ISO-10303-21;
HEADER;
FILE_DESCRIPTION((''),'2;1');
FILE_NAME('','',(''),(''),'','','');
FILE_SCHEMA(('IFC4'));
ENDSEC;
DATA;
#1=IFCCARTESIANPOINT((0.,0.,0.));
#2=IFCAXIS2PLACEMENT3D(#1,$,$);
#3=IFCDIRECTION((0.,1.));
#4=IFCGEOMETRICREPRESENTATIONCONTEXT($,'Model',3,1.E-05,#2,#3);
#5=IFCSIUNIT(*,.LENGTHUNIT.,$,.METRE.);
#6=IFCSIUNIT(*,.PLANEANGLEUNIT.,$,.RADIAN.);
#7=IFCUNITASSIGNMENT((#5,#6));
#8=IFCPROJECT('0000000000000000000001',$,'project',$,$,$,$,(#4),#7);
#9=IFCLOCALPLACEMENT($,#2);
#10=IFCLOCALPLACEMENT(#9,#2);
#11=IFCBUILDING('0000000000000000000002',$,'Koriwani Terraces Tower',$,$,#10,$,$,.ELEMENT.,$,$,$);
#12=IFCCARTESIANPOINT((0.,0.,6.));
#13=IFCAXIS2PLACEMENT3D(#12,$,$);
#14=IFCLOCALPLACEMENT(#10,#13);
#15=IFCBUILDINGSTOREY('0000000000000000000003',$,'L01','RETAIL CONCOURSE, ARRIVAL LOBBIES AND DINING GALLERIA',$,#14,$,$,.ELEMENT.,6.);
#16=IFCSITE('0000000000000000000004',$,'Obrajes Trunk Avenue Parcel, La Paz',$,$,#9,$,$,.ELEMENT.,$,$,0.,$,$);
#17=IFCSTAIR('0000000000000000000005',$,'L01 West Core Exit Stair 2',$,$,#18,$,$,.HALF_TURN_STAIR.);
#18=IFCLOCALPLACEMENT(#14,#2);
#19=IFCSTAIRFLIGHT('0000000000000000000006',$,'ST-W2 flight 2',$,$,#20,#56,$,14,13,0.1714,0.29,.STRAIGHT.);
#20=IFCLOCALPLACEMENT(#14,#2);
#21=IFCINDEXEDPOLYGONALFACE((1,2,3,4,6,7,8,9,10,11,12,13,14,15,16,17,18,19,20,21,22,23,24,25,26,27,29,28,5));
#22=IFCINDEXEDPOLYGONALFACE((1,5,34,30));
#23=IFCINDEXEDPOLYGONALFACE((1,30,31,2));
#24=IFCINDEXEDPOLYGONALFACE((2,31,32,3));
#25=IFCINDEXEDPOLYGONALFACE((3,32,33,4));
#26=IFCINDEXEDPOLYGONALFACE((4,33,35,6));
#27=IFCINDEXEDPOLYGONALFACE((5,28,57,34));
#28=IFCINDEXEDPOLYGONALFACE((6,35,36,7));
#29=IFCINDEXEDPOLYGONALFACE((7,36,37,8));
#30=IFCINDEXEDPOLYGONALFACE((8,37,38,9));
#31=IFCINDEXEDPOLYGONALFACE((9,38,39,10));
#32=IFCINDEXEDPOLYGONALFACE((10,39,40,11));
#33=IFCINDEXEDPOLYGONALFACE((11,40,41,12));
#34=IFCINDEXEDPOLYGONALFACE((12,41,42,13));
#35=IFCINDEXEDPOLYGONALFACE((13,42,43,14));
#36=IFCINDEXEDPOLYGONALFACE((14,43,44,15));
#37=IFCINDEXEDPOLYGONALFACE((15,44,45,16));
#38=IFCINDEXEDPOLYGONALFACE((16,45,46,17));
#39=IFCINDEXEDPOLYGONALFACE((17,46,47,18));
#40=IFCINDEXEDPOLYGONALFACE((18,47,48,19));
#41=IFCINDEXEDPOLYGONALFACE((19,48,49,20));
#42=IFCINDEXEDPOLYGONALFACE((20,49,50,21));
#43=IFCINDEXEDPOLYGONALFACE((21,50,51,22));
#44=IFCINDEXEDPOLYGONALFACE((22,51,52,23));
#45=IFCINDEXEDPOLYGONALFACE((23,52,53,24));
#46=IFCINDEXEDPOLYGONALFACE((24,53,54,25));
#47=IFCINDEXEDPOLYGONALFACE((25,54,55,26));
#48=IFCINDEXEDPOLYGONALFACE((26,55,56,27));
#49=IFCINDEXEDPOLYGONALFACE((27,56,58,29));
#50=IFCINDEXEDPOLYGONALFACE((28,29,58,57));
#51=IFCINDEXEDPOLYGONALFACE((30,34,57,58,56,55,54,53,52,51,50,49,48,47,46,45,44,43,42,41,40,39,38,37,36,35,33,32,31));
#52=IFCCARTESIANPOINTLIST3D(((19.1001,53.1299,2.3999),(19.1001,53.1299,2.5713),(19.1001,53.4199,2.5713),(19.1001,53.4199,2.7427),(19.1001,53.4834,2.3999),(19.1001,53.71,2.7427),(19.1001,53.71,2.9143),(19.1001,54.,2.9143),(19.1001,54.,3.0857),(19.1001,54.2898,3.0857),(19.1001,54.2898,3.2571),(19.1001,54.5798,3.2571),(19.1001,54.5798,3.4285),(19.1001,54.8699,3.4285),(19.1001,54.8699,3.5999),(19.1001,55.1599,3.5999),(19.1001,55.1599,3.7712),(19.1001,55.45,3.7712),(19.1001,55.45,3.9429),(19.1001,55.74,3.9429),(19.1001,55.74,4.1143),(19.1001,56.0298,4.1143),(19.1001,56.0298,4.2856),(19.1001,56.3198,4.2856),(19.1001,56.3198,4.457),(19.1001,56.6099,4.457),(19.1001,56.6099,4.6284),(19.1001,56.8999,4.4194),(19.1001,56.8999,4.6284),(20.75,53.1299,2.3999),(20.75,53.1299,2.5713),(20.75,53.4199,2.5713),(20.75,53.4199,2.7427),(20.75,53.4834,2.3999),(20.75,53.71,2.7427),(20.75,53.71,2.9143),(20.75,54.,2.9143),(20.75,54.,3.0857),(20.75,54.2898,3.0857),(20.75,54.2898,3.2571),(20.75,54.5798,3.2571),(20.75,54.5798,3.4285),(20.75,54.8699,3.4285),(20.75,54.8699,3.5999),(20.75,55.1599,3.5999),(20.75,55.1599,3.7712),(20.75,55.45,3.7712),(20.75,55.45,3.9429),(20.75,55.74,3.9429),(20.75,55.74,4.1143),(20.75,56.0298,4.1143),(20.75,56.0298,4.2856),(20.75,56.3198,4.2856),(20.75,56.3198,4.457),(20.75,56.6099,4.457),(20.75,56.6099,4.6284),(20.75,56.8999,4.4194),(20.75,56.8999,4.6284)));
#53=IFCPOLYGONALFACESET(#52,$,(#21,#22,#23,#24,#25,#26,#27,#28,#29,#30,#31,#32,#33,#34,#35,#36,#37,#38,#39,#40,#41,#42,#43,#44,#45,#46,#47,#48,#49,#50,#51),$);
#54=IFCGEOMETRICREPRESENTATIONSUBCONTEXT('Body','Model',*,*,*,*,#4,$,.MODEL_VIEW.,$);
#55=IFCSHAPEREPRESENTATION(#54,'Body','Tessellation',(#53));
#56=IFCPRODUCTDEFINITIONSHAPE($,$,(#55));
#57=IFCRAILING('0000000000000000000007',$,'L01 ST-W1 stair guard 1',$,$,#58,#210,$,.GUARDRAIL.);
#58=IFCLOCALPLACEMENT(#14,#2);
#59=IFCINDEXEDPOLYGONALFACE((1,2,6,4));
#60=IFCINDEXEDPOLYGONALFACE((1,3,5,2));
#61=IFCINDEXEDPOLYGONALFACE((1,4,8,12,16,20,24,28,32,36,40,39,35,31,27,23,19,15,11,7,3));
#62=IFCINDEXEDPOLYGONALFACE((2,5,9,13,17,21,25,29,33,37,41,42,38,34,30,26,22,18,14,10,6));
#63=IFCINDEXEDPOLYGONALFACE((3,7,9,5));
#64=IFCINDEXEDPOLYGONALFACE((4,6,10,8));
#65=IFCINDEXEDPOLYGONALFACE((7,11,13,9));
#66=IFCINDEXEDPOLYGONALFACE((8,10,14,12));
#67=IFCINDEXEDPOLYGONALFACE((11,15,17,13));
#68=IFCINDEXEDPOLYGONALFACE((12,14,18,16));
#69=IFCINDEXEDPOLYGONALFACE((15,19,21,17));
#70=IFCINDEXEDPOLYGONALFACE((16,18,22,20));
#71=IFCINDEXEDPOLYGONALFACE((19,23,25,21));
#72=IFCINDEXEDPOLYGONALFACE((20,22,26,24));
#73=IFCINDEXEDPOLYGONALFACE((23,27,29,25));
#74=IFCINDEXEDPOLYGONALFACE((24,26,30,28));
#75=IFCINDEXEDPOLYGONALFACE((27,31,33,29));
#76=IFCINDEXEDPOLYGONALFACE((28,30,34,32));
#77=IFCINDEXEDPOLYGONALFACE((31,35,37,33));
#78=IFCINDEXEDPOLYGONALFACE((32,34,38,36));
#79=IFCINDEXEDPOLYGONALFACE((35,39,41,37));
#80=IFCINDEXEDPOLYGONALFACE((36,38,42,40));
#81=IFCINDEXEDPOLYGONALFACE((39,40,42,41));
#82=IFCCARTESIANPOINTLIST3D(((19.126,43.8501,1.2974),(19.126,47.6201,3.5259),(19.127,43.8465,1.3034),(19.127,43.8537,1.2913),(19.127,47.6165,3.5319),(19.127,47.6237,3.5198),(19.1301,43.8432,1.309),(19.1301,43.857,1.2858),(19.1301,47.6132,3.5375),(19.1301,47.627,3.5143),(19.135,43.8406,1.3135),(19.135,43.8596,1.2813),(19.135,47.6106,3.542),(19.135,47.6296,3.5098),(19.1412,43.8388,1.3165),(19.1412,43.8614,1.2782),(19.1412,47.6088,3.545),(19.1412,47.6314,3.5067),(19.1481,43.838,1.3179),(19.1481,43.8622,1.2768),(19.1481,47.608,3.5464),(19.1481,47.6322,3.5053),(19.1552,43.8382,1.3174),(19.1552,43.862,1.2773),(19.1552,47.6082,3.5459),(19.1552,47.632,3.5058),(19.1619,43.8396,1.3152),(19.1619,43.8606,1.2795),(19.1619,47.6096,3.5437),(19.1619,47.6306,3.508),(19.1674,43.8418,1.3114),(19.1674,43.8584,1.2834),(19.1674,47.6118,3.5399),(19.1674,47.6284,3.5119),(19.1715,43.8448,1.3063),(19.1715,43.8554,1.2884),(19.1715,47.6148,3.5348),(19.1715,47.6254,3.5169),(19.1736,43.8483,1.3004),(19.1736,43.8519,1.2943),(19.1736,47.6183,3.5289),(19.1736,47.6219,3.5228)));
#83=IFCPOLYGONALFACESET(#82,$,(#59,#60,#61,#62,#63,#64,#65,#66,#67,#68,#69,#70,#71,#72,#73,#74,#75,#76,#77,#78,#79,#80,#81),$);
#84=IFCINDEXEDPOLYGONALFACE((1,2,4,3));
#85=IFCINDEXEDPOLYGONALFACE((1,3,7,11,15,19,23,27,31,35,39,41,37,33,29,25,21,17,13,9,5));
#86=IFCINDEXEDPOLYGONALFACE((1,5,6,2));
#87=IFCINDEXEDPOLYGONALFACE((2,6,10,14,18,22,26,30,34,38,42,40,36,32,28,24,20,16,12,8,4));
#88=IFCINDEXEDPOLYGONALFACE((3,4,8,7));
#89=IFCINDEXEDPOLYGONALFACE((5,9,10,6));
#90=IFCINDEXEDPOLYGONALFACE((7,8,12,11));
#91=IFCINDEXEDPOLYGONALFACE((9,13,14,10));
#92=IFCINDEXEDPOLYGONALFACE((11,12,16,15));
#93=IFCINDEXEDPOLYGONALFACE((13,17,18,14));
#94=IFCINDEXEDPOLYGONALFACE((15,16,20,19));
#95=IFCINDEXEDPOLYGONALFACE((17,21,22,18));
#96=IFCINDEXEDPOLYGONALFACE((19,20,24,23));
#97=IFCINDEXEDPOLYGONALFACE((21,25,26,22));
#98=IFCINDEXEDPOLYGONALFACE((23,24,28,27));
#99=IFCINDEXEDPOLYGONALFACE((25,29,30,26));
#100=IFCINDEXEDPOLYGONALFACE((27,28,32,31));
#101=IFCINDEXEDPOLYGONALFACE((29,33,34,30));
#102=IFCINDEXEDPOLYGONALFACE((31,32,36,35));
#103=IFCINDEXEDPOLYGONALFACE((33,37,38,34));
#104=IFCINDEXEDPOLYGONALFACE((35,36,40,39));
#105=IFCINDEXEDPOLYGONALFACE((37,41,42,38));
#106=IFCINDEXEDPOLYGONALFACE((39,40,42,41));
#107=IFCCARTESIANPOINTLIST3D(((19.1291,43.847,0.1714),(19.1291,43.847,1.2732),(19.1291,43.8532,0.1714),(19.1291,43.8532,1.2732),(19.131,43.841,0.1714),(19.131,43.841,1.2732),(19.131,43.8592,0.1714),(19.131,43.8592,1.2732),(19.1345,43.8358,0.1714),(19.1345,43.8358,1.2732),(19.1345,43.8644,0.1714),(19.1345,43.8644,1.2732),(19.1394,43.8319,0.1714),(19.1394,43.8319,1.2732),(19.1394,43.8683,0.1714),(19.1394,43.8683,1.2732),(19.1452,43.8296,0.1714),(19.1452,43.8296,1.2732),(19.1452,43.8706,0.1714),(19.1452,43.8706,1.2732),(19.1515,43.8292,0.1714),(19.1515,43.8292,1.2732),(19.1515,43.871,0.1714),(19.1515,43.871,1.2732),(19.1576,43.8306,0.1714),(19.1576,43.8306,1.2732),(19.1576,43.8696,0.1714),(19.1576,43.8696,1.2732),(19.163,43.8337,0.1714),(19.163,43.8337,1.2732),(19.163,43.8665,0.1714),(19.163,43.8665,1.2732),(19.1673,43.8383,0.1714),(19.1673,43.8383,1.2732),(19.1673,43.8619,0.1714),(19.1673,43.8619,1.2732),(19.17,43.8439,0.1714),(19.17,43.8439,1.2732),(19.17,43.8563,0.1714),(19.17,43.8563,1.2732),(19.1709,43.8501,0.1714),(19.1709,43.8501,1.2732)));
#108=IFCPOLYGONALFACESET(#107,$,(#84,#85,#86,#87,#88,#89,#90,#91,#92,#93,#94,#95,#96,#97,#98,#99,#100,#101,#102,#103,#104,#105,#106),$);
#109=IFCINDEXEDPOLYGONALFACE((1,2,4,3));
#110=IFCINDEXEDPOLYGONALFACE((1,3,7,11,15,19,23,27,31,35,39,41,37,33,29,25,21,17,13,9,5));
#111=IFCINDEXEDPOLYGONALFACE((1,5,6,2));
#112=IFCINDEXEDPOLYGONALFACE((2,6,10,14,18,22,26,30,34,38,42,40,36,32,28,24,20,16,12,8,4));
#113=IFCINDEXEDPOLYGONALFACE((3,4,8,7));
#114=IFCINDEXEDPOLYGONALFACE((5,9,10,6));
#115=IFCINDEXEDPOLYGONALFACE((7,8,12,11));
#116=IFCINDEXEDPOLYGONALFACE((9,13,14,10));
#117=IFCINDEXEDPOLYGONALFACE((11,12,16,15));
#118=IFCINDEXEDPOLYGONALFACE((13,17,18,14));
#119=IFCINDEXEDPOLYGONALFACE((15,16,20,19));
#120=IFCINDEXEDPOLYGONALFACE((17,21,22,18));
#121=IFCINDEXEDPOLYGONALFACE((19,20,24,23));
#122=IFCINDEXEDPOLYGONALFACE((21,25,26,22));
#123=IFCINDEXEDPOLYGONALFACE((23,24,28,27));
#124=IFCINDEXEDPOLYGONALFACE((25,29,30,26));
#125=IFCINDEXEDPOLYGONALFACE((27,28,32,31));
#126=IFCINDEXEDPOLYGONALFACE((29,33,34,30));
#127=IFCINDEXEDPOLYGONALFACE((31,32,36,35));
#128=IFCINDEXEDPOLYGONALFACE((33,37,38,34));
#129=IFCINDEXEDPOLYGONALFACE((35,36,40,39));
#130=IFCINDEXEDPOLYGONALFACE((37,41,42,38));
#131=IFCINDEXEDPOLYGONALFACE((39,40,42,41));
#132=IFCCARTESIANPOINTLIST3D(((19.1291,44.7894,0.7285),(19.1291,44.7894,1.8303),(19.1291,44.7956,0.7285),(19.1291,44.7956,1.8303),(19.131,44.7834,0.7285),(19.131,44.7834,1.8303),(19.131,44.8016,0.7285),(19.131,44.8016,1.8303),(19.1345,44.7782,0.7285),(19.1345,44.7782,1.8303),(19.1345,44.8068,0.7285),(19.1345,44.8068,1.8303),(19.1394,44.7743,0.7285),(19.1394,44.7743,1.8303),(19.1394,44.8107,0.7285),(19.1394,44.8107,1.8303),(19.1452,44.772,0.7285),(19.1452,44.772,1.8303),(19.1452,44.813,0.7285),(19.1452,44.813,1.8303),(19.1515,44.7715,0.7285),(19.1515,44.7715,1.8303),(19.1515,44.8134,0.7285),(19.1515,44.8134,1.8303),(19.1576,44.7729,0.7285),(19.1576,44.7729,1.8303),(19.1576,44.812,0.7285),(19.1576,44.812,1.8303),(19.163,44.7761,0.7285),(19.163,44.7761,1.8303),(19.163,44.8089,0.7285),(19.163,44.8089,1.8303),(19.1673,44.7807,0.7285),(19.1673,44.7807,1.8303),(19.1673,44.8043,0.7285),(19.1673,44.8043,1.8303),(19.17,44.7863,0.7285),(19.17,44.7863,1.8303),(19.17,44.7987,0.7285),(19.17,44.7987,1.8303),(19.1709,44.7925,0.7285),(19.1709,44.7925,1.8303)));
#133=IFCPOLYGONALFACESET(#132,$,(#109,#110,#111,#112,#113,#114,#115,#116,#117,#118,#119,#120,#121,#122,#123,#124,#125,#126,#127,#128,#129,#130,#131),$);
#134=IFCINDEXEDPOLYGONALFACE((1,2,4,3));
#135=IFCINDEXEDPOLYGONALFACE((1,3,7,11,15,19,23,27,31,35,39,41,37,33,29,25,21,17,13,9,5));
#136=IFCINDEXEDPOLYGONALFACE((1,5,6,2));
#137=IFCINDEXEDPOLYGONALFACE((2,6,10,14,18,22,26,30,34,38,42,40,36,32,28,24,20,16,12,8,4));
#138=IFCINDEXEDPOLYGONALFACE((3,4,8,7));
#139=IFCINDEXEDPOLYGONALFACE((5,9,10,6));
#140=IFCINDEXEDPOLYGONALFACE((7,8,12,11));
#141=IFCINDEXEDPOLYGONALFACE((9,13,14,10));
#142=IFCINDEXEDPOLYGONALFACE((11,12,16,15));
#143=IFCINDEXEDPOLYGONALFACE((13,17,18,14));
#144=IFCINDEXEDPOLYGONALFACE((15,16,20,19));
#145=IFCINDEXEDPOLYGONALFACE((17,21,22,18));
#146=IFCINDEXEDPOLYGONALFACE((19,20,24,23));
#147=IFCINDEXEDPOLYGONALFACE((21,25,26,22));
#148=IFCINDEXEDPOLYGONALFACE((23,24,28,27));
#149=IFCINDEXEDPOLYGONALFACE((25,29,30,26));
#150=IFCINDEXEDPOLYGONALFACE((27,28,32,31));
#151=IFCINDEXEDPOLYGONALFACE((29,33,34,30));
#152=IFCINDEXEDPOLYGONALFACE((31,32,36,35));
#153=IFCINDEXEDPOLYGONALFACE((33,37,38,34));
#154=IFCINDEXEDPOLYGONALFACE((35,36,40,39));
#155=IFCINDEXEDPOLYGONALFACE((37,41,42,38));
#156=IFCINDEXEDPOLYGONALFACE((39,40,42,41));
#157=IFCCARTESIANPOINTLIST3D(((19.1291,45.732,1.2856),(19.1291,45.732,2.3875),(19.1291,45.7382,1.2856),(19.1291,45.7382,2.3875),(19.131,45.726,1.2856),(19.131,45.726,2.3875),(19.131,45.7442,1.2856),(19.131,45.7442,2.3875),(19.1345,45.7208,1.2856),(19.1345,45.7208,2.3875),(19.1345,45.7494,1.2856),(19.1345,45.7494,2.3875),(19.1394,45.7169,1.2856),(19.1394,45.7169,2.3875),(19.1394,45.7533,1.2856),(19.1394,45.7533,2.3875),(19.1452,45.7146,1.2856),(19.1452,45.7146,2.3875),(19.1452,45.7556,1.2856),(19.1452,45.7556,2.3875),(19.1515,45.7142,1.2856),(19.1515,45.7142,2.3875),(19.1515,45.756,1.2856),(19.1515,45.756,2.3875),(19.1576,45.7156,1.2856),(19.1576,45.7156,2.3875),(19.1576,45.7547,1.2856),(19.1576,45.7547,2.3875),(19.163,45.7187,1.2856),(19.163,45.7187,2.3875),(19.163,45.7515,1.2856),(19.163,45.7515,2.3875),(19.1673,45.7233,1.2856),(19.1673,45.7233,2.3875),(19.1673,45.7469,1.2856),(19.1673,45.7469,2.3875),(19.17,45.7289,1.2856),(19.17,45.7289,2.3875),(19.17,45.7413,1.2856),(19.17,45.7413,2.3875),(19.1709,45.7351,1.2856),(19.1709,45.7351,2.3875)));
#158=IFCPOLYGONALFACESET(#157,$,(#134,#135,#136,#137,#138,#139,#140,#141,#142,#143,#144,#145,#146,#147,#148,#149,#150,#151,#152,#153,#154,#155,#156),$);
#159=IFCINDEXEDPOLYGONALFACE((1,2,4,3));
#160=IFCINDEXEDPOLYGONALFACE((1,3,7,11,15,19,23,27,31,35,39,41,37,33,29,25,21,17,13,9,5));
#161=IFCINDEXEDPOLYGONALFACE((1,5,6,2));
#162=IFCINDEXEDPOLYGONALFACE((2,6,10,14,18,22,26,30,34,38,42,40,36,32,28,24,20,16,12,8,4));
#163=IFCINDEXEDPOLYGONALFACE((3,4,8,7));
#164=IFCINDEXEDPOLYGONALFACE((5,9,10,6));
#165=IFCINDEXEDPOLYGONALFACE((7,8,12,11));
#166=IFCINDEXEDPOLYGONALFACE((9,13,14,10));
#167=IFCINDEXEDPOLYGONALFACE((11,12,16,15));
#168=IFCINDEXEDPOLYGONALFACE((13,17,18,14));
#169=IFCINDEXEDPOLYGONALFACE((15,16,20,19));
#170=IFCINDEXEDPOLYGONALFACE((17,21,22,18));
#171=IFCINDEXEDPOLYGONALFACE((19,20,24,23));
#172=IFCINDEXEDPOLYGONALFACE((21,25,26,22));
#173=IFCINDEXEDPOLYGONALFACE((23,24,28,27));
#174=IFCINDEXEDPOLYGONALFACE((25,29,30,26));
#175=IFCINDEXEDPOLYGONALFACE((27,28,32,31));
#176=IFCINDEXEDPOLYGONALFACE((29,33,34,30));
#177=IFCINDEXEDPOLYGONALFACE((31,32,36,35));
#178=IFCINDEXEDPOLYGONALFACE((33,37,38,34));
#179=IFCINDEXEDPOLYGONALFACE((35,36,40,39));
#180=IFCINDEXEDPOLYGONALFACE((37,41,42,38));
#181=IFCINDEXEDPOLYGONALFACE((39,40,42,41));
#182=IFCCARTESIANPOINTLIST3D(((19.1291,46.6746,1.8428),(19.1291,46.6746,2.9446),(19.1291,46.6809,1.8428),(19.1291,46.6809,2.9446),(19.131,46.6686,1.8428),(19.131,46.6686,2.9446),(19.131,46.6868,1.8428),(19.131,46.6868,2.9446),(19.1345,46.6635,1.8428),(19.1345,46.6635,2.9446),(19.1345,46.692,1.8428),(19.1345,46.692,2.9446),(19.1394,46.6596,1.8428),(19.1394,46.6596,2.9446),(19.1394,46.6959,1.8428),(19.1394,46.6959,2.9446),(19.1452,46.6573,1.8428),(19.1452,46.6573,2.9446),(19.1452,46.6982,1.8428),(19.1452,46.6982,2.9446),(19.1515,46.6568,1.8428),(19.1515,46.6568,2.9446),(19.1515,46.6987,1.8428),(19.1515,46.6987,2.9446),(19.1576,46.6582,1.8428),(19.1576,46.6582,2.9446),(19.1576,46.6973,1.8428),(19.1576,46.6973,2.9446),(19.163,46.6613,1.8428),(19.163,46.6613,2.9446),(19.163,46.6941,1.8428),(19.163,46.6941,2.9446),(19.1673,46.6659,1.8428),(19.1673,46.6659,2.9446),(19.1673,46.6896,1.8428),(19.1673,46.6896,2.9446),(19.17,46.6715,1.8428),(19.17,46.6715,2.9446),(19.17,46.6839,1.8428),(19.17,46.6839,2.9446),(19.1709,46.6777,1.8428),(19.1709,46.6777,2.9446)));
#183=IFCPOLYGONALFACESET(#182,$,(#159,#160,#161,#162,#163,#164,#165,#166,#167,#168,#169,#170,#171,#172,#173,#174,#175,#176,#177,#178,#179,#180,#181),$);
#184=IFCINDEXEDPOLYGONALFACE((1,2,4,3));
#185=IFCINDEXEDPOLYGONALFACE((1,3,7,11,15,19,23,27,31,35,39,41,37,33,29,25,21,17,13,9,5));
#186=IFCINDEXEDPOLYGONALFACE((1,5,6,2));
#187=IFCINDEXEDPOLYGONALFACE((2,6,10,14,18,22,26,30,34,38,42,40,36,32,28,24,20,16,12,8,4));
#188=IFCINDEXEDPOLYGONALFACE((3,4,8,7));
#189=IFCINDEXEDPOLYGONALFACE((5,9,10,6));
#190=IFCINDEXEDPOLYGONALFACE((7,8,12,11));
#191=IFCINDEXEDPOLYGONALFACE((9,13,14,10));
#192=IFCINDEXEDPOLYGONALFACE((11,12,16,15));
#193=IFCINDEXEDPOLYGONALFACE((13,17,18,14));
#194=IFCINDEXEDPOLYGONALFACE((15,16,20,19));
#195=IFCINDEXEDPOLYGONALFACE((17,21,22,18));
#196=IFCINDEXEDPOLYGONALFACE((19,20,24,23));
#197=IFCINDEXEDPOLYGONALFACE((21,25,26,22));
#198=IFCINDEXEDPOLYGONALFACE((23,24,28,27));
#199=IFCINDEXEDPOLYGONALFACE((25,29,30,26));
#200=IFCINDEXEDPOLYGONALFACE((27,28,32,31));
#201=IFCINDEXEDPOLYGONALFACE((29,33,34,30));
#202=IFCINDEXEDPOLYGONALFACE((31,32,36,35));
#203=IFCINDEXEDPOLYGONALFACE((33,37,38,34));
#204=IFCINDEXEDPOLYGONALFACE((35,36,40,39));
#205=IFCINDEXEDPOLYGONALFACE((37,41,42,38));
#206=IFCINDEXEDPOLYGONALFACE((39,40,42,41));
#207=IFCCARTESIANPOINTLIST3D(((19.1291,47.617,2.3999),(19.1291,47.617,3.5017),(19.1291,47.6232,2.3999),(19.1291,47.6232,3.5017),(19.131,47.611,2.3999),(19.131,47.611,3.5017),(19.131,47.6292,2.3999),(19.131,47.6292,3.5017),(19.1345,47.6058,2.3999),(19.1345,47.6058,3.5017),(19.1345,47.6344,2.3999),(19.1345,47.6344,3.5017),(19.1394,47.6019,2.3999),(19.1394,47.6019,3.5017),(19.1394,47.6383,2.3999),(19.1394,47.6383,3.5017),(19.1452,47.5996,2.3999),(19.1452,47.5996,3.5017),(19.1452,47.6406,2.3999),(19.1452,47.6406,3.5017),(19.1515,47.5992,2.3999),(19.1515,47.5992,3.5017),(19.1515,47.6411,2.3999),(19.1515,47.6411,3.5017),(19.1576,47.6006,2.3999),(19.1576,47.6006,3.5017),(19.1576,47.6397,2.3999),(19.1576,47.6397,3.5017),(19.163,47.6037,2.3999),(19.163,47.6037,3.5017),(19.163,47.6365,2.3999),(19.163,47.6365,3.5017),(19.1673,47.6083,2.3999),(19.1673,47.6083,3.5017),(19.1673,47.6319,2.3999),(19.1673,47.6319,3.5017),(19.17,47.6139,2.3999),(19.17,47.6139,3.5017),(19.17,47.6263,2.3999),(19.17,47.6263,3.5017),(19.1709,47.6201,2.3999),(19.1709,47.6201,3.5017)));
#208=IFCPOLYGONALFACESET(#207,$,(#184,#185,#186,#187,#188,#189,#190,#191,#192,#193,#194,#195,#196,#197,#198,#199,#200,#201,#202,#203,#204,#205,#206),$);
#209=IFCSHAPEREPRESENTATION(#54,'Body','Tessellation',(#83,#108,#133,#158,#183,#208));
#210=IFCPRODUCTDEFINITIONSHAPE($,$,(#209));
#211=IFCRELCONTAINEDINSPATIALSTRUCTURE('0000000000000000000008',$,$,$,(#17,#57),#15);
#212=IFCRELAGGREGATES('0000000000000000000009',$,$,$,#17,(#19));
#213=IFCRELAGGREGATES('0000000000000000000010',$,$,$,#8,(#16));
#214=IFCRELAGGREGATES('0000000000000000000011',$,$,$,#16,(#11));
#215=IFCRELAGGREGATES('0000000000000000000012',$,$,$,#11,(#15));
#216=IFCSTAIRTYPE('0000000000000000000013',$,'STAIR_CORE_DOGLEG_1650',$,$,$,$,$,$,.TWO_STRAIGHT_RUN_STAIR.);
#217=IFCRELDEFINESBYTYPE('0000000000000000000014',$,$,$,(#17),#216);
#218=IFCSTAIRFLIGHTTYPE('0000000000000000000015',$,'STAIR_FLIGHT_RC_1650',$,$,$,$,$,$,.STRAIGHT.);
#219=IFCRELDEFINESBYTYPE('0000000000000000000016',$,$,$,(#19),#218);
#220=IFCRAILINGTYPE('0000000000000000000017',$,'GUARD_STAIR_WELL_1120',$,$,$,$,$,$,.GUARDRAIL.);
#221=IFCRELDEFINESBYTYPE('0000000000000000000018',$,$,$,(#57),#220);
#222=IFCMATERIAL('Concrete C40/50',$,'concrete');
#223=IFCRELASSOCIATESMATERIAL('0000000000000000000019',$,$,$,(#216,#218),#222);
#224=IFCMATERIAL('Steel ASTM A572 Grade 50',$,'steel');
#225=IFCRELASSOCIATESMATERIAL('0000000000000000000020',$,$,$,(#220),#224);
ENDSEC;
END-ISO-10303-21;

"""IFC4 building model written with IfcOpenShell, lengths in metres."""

from ifc_helpers import new_model, si_unit, direction, frame, origin, origin_2d, place, context, subcontext, project, spatial, polyline, circle, outline, extrude, material, type_object, element, aggregate, save


model = new_model("IFC4")

# Units and contexts
model_context = context("Model", 3, precision=1e-05, world=origin(), true_north=direction((0.0, 1.0)))
body_context = subcontext(model_context, "Body", "Model", "MODEL_VIEW")
ifc_project = project(units=[si_unit("LENGTHUNIT", "METRE"), si_unit("PLANEANGLEUNIT", "RADIAN")], contexts=[model_context])

# Site, building, storey
site_placement = place(None, origin())
site = spatial("IfcSite", under=ifc_project, at=site_placement, Name="Obrajes Trunk Avenue Parcel, La Paz", CompositionType="ELEMENT", RefElevation=0.0)
building_placement = place(site_placement, origin())
building = spatial("IfcBuilding", under=site, at=building_placement, Name="Koriwani Terraces Tower", CompositionType="ELEMENT")
storey_placement = place(building_placement, frame((0.0, 0.0, 6.0)))
storey = spatial("IfcBuildingStorey", under=building, at=storey_placement, Name="L01", Description="RETAIL CONCOURSE, ARRIVAL LOBBIES AND DINING GALLERIA", CompositionType="ELEMENT", Elevation=6.0)

# Shared definitions
ifc_material_1 = material(Name="Concrete C40/50", Category="concrete")

# Shared definitions
ifc_material_2 = material(Name="Steel ASTM A572 Grade 50", Category="steel")

# Stair, stair flight
stair_type = type_object("IfcStairType", Name="STAIR_CORE_DOGLEG_1650", PredefinedType="TWO_STRAIGHT_RUN_STAIR", material=ifc_material_1)
stair_flight_type = type_object("IfcStairFlightType", Name="STAIR_FLIGHT_RC_1650", PredefinedType="STRAIGHT", material=ifc_material_1)
stair_1_placement = place(storey_placement, origin())
stair_1 = element("IfcStair", 1, at=stair_1_placement, inside=storey, type_object=stair_type, Name="L01 West Core Exit Stair 2", PredefinedType="HALF_TURN_STAIR")
stair_flight_1_placement = place(storey_placement, frame((19.925, 53.1299, 2.3999), z_axis=(0.0, 0.0, 1.0), x_axis=(0.0, 1.0, 0.0)))
stair_flight_1 = element("IfcStairFlight", 2, at=stair_flight_1_placement, type_object=stair_flight_type, Name="ST-W2 flight 2", NumberOfRisers=14, NumberOfTreads=13, PredefinedType="STRAIGHT", RiserHeight=0.1714, TreadLength=0.29, context=body_context, shape_type="SweptSolid", body=[
    extrude(outline(polyline([(0.0, 0.0), (0.0, 0.1714), (0.29, 0.1714), (0.29, 0.3428), (0.5801, 0.3428), (0.5801, 0.5144), (0.8701, 0.5144), (0.8701, 0.6858), (1.1599, 0.6858), (1.1599, 0.8572), (1.45, 0.8572), (1.45, 1.0286), (1.74, 1.0286), (1.74, 1.2), (2.03, 1.2), (2.03, 1.3713), (2.3201, 1.3713), (2.3201, 1.543), (2.6101, 1.543), (2.6101, 1.7144), (2.8999, 1.7144), (2.8999, 1.8857), (3.1899, 1.8857), (3.1899, 2.0571), (3.48, 2.0571), (3.48, 2.2285), (3.77, 2.2285), (3.77, 2.3999), (3.77, 2.0195), (0.3535, 0.0), (0.0, 0.0)])), frame((0.0, 0.825, 0.0), z_axis=(0.0, -1.0, 0.0), x_axis=(1.0, 0.0, 0.0)), (0.0, 0.0, 1.0), 1.6499),
])
aggregate(stair_1, [stair_flight_1])

# Railing
railing_type_1 = type_object("IfcRailingType", Name="GUARD_STAIR_WELL_1120", PredefinedType="GUARDRAIL", material=ifc_material_2)
railing_1_placement = place(storey_placement, frame((19.1499, 43.8501, 0.1714)))
element("IfcRailing", 3, at=railing_1_placement, inside=storey, type_object=railing_type_1, Name="L01 ST-W1 stair guard 1", PredefinedType="GUARDRAIL", context=body_context, shape_type="SweptSolid", body=[
    extrude(circle(Radius=0.0239, at=origin_2d()), frame((0.0, 0.0, 1.126), z_axis=(0.0, 0.860849, 0.508861), x_axis=(-1.0, 0.0, 0.0)), (0.0, 0.0, 1.0), 4.3794),
    extrude(circle(Radius=0.021, at=origin_2d()), origin(), (0.0, 0.0, 1.0), 1.1018),
    extrude(circle(Radius=0.021, at=origin_2d()), frame((0.0, 0.9424, 0.5571)), (0.0, 0.0, 1.0), 1.1018),
    extrude(circle(Radius=0.021, at=origin_2d()), frame((0.0, 1.885, 1.1143)), (0.0, 0.0, 1.0), 1.1018),
    extrude(circle(Radius=0.021, at=origin_2d()), frame((0.0, 2.8276, 1.6714)), (0.0, 0.0, 1.0), 1.1018),
    extrude(circle(Radius=0.021, at=origin_2d()), frame((0.0, 3.77, 2.2285)), (0.0, 0.0, 1.0), 1.1018),
])

save(model, "model.ifc")
